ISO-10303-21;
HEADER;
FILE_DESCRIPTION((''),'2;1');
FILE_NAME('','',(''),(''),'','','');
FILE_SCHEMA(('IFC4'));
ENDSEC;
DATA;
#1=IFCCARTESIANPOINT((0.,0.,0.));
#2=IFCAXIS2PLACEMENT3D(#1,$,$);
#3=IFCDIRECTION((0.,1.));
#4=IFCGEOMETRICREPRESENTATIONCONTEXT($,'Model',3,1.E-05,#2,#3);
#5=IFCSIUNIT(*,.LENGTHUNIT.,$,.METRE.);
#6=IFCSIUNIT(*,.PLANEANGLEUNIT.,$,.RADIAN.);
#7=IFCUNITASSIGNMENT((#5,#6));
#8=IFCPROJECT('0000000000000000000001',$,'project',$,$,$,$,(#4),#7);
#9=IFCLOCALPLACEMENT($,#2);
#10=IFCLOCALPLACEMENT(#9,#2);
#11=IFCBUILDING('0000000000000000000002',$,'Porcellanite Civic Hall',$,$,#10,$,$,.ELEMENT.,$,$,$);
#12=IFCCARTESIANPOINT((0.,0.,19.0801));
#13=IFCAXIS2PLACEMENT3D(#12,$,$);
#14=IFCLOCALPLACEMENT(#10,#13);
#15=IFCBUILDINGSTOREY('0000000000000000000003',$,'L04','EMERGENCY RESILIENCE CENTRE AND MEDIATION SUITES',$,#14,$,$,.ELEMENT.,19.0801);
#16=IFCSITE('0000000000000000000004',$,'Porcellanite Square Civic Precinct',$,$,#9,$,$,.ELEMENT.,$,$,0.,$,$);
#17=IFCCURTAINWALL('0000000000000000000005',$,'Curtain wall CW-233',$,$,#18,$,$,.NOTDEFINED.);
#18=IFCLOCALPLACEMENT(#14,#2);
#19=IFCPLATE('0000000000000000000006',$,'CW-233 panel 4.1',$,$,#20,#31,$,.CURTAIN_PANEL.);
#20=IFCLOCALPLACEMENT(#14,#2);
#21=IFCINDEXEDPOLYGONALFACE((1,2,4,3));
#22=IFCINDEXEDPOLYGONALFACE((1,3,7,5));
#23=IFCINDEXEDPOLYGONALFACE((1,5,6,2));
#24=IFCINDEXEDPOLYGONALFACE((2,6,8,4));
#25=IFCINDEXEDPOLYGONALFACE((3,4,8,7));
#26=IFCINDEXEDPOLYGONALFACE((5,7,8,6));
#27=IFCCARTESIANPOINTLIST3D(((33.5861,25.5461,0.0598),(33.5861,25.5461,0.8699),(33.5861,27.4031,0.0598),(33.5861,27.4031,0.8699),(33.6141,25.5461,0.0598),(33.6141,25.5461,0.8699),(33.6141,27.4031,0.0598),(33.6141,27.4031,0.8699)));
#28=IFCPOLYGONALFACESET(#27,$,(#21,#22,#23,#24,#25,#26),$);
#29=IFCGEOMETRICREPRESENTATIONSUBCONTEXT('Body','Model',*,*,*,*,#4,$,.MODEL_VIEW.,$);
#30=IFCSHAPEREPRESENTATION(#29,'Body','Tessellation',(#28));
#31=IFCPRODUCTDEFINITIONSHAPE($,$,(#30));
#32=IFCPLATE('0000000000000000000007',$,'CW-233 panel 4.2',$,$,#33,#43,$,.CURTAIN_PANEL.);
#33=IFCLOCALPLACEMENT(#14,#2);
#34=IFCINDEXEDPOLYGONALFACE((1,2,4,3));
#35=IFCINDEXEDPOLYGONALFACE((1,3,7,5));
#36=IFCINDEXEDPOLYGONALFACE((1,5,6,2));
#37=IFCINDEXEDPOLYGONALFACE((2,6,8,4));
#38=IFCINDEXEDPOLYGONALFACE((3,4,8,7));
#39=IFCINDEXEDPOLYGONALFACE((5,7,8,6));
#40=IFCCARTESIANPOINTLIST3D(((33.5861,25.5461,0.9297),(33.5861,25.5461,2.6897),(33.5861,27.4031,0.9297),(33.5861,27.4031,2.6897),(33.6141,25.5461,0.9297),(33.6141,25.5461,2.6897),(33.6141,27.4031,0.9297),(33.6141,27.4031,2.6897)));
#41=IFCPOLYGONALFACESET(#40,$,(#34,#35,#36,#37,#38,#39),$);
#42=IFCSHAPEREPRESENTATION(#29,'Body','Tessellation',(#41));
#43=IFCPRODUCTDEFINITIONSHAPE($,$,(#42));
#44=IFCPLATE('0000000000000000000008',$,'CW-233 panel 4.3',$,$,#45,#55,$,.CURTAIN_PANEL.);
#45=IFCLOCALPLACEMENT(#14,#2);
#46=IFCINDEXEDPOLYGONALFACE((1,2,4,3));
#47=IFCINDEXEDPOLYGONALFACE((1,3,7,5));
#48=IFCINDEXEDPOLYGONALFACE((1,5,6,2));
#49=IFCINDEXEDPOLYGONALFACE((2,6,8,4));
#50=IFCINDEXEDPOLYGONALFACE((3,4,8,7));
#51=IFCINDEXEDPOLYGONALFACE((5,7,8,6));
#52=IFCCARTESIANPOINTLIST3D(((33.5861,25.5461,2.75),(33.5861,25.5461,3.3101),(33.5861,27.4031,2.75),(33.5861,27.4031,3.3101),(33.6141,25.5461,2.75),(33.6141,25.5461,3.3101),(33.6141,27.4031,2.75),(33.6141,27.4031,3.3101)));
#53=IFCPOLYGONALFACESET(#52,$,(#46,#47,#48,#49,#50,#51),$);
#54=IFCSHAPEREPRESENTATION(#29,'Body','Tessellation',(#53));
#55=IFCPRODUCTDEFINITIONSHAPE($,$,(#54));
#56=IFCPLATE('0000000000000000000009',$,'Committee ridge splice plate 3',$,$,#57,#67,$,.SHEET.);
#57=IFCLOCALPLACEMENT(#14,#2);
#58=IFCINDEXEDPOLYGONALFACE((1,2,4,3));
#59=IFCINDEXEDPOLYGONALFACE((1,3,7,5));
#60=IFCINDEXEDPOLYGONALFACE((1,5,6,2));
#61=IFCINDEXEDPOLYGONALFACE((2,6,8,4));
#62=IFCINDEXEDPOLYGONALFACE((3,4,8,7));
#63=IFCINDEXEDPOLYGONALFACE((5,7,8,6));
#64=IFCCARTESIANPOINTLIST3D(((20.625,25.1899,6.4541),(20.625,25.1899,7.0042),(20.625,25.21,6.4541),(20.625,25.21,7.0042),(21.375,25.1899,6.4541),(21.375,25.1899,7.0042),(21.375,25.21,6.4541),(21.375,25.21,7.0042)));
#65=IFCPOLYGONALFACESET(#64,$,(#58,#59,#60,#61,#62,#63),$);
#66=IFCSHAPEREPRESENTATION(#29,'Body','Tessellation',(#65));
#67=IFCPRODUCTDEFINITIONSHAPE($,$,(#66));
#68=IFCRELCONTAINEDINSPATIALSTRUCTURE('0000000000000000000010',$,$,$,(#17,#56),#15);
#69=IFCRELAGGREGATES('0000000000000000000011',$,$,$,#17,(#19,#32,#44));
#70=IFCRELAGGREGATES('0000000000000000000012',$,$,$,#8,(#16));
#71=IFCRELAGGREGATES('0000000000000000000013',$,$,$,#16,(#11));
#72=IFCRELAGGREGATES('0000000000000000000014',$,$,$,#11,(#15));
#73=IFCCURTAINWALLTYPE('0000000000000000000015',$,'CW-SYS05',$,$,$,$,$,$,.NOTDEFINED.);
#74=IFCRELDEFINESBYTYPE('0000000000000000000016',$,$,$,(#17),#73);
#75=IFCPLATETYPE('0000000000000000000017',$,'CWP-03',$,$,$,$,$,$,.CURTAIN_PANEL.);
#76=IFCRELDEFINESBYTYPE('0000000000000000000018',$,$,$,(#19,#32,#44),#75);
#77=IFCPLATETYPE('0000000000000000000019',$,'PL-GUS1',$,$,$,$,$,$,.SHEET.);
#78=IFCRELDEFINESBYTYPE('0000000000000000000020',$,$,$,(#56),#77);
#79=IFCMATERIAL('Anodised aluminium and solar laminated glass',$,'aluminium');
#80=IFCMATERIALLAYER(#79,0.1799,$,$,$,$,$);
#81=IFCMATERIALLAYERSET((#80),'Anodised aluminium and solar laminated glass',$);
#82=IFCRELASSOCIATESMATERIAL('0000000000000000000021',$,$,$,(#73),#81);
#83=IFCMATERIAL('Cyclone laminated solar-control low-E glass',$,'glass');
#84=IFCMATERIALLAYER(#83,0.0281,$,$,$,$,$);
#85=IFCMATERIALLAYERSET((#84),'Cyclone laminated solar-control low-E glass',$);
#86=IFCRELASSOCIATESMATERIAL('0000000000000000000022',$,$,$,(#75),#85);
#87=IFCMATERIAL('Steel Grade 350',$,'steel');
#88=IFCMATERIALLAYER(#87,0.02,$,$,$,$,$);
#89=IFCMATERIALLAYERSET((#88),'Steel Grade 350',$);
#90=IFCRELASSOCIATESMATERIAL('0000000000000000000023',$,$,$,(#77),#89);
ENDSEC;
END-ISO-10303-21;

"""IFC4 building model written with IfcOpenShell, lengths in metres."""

from ifc_helpers import new_model, si_unit, direction, frame, origin, origin_2d, place, context, subcontext, project, spatial, rectangle, extrude, material, layer, layer_set, type_object, element, aggregate, save


model = new_model("IFC4")

# Units and contexts
model_context = context("Model", 3, precision=1e-05, world=origin(), true_north=direction((0.0, 1.0)))
body_context = subcontext(model_context, "Body", "Model", "MODEL_VIEW")
ifc_project = project(units=[si_unit("LENGTHUNIT", "METRE"), si_unit("PLANEANGLEUNIT", "RADIAN")], contexts=[model_context])

# Site, building, storey
site_placement = place(None, origin())
site = spatial("IfcSite", under=ifc_project, at=site_placement, Name="Porcellanite Square Civic Precinct", CompositionType="ELEMENT", RefElevation=0.0)
building_placement = place(site_placement, origin())
building = spatial("IfcBuilding", under=site, at=building_placement, Name="Porcellanite Civic Hall", CompositionType="ELEMENT")
storey_placement = place(building_placement, frame((0.0, 0.0, 19.0801)))
storey = spatial("IfcBuildingStorey", under=building, at=storey_placement, Name="L04", Description="EMERGENCY RESILIENCE CENTRE AND MEDIATION SUITES", CompositionType="ELEMENT", Elevation=19.0801)

# Curtain wall
ifc_material_1 = material(Name="Anodised aluminium and solar laminated glass", Category="aluminium")
ifc_layer_1 = layer(ifc_material_1, 0.1799)
ifc_layer_set_1 = layer_set([ifc_layer_1], Name="Anodised aluminium and solar laminated glass")
curtain_wall_type = type_object("IfcCurtainWallType", Name="CW-SYS05", PredefinedType="NOTDEFINED", material=ifc_layer_set_1)
curtain_wall_placement = place(storey_placement, origin())
curtain_wall = element("IfcCurtainWall", 1, at=curtain_wall_placement, inside=storey, type_object=curtain_wall_type, Name="Curtain wall CW-233", PredefinedType="NOTDEFINED")

# Plates
ifc_material_2 = material(Name="Cyclone laminated solar-control low-E glass", Category="glass")
ifc_layer_2 = layer(ifc_material_2, 0.0281)
ifc_layer_set_2 = layer_set([ifc_layer_2], Name="Cyclone laminated solar-control low-E glass")
plate_type_1 = type_object("IfcPlateType", Name="CWP-03", PredefinedType="CURTAIN_PANEL", material=ifc_layer_set_2)
plate_1_placement = place(storey_placement, frame((33.6001, 26.4746, 0.0598), z_axis=(0.0, 0.0, 1.0), x_axis=(0.0, -1.0, 0.0)))
plate_1 = element("IfcPlate", 2, at=plate_1_placement, type_object=plate_type_1, Name="CW-233 panel 4.1", PredefinedType="CURTAIN_PANEL", context=body_context, shape_type="SweptSolid", body=[
    extrude(rectangle(XDim=1.8569, YDim=0.0281, at=origin_2d()), origin(), (0.0, 0.0, 1.0), 0.8101),
])
plate_2_placement = place(storey_placement, frame((33.6001, 26.4746, 0.9297), z_axis=(0.0, 0.0, 1.0), x_axis=(0.0, -1.0, 0.0)))
plate_2 = element("IfcPlate", 3, at=plate_2_placement, type_object=plate_type_1, Name="CW-233 panel 4.2", PredefinedType="CURTAIN_PANEL", context=body_context, shape_type="SweptSolid", body=[
    extrude(rectangle(XDim=1.8569, YDim=0.0281, at=origin_2d()), origin(), (0.0, 0.0, 1.0), 1.76),
])
plate_3_placement = place(storey_placement, frame((33.6001, 26.4746, 2.75), z_axis=(0.0, 0.0, 1.0), x_axis=(0.0, -1.0, 0.0)))
plate_3 = element("IfcPlate", 4, at=plate_3_placement, type_object=plate_type_1, Name="CW-233 panel 4.3", PredefinedType="CURTAIN_PANEL", context=body_context, shape_type="SweptSolid", body=[
    extrude(rectangle(XDim=1.8569, YDim=0.0281, at=origin_2d()), origin(), (0.0, 0.0, 1.0), 0.5601),
])
aggregate(curtain_wall, [plate_1, plate_2, plate_3])
ifc_material_3 = material(Name="Steel Grade 350", Category="steel")
ifc_layer_3 = layer(ifc_material_3, 0.02)
ifc_layer_set_3 = layer_set([ifc_layer_3], Name="Steel Grade 350")
plate_type_2 = type_object("IfcPlateType", Name="PL-GUS1", PredefinedType="SHEET", material=ifc_layer_set_3)
plate_4_placement = place(storey_placement, frame((21.0, 25.2, 6.4541), z_axis=(0.0, 0.0, 1.0), x_axis=(1.0, 0.0, 0.0)))
element("IfcPlate", 5, at=plate_4_placement, inside=storey, type_object=plate_type_2, Name="Committee ridge splice plate 3", PredefinedType="SHEET", context=body_context, shape_type="SweptSolid", body=[
    extrude(rectangle(XDim=0.75, YDim=0.02, at=origin_2d()), origin(), (0.0, 0.0, 1.0), 0.55),
])

save(model, "model.ifc")
